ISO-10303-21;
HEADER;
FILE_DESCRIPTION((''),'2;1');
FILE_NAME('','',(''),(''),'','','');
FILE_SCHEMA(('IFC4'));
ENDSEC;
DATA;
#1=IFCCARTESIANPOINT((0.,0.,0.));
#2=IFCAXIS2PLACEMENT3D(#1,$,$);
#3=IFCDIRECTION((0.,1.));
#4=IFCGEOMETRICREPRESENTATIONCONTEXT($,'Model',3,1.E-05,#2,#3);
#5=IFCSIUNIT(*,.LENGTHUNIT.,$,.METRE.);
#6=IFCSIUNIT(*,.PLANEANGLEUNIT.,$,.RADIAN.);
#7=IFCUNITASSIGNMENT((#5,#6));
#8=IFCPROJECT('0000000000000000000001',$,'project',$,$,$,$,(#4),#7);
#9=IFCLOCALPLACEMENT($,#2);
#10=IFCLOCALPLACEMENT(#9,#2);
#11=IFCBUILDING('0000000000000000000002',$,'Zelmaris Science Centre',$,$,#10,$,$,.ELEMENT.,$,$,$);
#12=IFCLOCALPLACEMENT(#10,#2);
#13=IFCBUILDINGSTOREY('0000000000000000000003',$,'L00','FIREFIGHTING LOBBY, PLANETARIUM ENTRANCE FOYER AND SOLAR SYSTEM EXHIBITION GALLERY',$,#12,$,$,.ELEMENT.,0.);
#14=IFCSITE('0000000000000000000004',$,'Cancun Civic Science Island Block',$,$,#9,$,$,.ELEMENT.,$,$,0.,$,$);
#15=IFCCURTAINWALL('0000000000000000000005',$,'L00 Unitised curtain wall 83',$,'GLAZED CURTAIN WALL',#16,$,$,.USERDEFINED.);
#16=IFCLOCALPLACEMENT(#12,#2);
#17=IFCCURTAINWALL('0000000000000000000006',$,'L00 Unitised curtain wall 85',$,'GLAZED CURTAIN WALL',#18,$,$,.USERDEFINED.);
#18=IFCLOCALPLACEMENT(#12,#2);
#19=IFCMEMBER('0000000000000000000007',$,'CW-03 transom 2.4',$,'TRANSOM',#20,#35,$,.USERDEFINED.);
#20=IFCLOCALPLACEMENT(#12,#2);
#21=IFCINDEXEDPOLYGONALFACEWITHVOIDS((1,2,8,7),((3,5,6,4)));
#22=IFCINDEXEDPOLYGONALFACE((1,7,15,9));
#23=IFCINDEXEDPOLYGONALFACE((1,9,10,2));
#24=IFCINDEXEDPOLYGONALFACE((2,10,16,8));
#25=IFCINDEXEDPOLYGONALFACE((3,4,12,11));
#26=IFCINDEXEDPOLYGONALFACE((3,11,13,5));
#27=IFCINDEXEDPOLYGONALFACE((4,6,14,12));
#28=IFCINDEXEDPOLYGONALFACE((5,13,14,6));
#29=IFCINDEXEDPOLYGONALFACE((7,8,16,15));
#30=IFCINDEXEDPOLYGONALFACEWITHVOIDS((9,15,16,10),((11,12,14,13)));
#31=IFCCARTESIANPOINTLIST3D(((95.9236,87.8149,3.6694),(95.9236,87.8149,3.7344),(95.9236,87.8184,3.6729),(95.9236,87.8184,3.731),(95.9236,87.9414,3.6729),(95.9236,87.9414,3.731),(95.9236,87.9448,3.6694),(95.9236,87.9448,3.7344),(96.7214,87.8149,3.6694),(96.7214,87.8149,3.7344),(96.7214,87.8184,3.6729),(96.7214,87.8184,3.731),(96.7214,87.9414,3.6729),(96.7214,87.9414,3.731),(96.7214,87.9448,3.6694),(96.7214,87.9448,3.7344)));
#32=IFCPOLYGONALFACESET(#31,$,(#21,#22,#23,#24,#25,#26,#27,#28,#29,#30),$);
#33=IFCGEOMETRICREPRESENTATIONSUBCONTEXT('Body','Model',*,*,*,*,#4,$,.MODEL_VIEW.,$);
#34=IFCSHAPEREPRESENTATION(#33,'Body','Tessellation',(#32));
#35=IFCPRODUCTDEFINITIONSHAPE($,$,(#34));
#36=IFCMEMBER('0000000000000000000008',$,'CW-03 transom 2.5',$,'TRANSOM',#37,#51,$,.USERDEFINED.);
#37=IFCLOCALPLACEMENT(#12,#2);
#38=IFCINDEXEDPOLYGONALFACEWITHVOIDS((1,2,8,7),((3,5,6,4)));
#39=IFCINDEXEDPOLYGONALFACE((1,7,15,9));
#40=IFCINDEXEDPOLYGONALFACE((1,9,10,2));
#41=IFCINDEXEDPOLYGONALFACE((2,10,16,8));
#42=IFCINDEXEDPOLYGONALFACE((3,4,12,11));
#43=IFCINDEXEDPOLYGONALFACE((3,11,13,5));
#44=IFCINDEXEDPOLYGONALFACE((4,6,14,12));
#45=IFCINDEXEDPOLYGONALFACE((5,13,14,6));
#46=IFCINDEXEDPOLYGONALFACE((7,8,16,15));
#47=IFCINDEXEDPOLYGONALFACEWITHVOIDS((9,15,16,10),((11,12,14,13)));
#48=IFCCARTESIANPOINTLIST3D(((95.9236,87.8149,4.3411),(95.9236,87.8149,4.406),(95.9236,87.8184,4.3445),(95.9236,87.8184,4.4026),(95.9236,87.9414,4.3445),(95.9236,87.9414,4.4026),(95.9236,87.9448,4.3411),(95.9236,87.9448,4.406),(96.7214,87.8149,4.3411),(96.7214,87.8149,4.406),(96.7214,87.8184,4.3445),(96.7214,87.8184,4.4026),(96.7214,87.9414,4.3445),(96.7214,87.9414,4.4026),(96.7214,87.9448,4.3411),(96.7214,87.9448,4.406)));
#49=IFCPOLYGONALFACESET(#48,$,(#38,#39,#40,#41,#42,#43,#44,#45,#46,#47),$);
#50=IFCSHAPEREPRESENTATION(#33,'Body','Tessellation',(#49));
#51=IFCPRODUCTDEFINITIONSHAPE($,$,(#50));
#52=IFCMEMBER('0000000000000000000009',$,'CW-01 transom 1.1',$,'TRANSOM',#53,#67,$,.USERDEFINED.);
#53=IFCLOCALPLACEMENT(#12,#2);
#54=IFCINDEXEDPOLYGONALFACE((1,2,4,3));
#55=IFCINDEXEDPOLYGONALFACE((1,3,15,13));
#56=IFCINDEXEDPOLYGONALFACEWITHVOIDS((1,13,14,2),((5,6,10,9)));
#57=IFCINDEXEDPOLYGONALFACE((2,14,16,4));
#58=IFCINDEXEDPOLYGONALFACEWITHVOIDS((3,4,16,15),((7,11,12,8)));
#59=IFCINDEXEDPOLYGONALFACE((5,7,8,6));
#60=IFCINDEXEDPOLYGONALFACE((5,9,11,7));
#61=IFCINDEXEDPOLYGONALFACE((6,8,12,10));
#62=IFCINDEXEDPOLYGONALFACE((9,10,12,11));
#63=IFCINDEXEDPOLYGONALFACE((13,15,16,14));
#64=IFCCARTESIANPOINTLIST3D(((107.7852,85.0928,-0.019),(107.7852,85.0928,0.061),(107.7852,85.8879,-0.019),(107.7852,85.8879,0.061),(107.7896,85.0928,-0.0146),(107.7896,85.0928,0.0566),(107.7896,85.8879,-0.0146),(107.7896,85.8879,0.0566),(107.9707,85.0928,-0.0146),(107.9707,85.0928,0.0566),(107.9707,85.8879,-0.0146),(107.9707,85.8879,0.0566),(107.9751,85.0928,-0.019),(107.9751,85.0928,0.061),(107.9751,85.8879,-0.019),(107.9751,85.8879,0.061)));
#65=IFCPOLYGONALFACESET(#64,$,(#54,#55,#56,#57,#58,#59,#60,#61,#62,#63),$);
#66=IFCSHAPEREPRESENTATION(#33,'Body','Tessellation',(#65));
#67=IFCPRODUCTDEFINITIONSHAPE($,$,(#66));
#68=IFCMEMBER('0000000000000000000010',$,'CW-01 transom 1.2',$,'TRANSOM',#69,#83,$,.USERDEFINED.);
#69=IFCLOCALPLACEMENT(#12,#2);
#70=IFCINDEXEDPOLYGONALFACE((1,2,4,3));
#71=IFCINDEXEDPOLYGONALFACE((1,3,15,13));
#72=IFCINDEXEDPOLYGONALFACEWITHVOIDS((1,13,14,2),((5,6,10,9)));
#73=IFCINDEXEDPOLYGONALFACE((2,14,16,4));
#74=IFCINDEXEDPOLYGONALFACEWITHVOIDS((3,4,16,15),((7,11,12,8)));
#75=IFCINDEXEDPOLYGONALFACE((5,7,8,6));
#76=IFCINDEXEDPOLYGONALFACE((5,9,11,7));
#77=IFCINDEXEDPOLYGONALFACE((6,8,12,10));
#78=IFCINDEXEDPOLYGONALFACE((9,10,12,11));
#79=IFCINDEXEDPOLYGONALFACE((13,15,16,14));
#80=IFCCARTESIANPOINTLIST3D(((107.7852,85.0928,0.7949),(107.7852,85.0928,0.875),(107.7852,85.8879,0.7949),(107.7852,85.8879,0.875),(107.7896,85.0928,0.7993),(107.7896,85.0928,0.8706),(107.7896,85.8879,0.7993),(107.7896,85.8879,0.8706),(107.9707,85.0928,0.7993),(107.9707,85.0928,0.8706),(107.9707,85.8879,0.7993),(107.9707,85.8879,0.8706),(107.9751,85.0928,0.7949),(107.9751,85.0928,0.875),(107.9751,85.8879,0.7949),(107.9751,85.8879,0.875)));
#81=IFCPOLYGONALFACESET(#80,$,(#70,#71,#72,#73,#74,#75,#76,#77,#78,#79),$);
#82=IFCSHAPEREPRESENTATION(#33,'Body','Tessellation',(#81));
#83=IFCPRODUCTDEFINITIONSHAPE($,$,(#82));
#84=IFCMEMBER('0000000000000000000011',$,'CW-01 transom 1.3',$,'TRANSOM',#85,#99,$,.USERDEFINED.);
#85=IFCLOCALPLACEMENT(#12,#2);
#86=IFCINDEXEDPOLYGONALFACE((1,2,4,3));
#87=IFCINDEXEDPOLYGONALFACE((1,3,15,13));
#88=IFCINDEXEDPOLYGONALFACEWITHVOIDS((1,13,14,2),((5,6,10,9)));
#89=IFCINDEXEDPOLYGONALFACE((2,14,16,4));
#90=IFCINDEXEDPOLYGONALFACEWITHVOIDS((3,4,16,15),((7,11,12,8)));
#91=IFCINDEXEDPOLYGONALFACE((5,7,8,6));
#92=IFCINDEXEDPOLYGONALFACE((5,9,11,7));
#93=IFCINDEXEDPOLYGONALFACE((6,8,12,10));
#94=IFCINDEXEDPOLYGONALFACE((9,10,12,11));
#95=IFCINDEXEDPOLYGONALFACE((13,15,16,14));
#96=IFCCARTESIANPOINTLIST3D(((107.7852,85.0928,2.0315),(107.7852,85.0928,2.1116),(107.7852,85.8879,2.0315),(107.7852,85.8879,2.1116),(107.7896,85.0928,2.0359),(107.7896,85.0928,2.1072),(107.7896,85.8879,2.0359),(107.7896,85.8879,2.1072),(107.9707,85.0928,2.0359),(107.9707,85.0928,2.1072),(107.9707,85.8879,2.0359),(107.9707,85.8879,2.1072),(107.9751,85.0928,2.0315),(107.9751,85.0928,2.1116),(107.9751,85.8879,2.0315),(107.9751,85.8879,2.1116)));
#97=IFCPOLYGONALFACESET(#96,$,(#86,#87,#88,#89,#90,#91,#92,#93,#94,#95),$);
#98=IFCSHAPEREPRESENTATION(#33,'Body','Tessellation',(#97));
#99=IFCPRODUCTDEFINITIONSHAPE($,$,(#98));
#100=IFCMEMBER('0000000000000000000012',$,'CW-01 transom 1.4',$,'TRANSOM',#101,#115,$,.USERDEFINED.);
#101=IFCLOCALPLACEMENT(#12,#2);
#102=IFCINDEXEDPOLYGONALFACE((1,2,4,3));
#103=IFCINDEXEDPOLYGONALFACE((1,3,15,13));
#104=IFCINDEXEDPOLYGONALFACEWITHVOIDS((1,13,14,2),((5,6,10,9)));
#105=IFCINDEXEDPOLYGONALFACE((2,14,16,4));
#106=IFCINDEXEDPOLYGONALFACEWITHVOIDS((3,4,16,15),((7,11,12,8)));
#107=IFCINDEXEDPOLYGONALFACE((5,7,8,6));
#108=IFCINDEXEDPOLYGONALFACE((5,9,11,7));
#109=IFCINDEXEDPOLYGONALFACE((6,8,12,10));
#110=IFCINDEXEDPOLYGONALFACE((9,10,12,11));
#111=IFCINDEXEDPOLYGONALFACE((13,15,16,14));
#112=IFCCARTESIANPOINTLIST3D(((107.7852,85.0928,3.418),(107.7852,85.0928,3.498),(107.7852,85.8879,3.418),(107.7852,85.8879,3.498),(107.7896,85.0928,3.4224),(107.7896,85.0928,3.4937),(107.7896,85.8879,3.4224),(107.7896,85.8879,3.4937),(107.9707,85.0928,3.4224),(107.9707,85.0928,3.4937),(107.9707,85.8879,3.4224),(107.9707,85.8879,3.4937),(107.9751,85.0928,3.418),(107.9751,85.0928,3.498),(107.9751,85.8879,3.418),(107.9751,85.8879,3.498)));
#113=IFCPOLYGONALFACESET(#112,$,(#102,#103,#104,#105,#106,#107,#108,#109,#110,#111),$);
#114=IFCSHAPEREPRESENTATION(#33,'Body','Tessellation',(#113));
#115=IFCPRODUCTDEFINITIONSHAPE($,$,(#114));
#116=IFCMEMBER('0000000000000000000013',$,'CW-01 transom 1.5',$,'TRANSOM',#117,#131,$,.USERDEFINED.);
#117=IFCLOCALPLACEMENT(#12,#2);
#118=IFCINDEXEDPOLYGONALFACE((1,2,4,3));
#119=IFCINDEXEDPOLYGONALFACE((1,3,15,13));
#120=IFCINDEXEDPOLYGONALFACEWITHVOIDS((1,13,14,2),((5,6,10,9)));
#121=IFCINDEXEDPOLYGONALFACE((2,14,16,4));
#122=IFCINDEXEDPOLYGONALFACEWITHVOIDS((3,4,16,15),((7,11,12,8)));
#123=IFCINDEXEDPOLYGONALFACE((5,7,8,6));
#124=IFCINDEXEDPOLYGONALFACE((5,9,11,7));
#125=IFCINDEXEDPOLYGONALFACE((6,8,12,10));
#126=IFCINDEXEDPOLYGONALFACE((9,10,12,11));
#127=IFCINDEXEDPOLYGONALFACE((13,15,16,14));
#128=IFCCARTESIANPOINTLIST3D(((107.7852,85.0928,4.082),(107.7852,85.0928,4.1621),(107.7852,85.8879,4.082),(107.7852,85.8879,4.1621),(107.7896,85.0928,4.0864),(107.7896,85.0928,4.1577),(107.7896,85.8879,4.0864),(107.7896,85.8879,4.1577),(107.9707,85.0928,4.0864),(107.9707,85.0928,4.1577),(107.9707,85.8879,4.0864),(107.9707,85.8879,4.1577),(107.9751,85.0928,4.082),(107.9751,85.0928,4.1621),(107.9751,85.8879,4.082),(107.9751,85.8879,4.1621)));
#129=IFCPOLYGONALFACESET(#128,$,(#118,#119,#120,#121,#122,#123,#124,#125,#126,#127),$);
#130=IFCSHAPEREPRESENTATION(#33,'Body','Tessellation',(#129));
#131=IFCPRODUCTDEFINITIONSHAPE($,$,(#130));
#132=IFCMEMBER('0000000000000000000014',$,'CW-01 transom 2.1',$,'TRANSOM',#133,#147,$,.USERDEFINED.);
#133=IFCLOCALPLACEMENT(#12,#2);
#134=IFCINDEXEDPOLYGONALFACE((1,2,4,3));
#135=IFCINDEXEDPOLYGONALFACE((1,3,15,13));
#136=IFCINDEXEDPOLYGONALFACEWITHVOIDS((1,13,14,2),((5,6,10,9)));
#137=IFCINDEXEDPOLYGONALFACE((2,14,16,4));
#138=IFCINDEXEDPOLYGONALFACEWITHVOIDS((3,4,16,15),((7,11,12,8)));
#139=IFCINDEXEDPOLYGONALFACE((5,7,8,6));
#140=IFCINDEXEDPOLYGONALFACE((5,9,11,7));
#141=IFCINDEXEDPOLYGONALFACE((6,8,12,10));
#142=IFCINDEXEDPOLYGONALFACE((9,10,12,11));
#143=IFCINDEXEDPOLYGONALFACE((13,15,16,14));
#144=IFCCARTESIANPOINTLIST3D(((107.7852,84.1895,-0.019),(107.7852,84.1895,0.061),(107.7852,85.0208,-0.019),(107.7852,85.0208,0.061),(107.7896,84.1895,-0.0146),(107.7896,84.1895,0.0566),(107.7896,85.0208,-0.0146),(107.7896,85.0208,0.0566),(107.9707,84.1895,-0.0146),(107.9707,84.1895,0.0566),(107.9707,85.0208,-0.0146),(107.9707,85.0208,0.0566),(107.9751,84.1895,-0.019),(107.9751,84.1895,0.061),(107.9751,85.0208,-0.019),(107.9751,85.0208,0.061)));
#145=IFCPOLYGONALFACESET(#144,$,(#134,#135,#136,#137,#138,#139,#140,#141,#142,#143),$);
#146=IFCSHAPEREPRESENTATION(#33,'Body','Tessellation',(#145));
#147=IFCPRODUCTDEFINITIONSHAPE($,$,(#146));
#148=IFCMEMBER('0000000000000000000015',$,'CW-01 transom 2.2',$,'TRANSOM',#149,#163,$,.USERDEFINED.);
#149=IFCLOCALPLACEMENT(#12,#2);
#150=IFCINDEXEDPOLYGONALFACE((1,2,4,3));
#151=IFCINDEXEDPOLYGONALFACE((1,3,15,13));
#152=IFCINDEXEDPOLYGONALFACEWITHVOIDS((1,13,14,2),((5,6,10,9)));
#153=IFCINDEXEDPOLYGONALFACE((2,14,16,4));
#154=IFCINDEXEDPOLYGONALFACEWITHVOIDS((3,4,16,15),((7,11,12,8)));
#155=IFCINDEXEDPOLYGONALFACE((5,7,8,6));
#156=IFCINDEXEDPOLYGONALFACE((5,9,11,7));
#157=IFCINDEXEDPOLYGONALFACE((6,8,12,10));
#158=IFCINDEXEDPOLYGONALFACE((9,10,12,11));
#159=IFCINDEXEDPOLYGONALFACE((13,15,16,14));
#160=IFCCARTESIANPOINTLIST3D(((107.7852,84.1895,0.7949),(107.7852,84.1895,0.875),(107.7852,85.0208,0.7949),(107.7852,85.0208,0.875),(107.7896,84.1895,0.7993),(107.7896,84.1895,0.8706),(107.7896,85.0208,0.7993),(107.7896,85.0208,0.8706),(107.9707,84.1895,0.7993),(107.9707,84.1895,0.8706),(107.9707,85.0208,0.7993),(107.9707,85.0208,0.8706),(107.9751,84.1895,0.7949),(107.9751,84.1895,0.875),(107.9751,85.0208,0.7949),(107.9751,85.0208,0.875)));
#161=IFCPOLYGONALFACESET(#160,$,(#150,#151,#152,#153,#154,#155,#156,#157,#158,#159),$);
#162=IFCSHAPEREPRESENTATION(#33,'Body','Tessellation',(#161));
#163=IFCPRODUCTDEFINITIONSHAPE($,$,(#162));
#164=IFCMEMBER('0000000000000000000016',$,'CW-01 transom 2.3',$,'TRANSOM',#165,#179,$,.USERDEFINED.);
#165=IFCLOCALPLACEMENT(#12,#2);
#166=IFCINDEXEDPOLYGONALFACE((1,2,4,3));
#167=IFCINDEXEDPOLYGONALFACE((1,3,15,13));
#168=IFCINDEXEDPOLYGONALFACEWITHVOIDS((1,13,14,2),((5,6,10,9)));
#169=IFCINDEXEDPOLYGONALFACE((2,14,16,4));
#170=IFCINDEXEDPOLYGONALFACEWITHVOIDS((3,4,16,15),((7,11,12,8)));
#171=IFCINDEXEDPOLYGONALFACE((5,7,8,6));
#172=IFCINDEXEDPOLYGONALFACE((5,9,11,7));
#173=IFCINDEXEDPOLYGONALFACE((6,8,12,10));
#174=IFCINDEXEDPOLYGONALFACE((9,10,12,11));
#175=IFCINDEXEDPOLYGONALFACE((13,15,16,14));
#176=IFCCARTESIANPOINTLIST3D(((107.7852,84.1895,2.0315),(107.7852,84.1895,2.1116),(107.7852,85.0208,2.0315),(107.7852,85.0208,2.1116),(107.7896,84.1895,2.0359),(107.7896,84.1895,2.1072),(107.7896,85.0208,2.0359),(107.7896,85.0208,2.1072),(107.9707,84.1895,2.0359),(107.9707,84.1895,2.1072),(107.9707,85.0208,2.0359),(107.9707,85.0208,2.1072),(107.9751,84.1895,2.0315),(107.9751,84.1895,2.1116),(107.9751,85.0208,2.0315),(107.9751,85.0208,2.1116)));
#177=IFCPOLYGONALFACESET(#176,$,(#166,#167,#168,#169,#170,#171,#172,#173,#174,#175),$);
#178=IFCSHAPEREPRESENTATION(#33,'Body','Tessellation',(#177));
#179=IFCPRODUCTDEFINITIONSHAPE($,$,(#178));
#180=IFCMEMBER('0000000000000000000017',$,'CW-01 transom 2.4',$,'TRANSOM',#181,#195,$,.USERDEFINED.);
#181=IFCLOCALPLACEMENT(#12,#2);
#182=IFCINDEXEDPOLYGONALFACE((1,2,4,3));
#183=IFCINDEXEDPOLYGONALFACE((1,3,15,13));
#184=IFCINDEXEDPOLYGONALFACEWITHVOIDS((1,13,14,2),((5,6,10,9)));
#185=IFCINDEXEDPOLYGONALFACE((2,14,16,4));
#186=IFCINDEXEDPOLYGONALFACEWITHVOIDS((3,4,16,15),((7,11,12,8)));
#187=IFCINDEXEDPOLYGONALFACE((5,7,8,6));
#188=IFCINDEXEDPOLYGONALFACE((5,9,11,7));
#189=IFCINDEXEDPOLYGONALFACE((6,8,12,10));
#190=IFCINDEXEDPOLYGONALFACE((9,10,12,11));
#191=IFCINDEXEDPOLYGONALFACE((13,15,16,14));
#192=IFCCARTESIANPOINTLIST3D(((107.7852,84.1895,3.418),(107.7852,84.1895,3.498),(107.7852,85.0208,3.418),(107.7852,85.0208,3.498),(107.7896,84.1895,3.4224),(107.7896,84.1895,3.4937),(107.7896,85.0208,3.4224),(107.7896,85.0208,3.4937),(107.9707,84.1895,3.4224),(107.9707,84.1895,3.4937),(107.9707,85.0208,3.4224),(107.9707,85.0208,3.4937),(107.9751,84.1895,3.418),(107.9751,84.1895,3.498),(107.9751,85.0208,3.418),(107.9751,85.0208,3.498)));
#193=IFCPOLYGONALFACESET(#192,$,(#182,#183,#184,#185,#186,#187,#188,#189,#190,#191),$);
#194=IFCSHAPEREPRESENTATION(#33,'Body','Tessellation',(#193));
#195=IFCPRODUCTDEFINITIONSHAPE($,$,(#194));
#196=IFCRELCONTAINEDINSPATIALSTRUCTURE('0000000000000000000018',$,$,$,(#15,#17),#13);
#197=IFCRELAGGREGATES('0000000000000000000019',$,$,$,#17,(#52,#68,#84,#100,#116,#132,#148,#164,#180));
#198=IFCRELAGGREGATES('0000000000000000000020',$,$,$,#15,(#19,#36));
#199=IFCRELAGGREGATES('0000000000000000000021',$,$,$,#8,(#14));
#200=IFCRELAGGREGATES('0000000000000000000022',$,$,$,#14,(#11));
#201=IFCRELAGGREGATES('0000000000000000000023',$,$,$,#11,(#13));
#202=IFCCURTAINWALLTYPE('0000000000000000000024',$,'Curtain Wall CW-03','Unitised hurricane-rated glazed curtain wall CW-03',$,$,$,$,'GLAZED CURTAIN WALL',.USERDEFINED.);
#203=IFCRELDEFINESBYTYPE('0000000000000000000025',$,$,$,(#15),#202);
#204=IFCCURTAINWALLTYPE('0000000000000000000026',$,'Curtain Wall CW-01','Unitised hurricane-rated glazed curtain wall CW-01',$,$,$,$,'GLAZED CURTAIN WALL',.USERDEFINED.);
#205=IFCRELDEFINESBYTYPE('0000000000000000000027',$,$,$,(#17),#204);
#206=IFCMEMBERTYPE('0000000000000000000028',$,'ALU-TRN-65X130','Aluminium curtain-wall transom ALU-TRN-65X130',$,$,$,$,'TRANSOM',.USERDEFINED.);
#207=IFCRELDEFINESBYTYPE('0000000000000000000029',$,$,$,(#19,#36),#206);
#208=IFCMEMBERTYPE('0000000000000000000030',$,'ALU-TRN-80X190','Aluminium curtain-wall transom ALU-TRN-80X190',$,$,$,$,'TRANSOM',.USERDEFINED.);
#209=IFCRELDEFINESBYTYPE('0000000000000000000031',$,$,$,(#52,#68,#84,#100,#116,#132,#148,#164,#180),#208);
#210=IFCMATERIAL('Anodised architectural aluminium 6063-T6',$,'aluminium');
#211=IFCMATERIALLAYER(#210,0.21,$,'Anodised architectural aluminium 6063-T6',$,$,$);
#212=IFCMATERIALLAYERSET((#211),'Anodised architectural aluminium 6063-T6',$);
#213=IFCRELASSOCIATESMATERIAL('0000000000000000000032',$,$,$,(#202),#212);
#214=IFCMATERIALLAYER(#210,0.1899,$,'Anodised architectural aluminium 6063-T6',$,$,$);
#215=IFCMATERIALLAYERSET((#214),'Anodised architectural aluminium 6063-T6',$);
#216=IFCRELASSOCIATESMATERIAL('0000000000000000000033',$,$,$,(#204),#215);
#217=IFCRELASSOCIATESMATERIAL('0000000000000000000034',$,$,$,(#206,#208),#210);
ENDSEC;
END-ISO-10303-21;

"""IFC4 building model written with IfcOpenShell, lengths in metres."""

from ifc_helpers import new_model, si_unit, direction, frame, origin, origin_2d, place, context, subcontext, project, spatial, hollow_rectangle, extrude, material, layer, layer_set, material_profile, profile_set, type_object, element, aggregate, save


model = new_model("IFC4")

# Units and contexts
model_context = context("Model", 3, precision=1e-05, world=origin(), true_north=direction((0.0, 1.0)))
body_context = subcontext(model_context, "Body", "Model", "MODEL_VIEW")
ifc_project = project(units=[si_unit("LENGTHUNIT", "METRE"), si_unit("PLANEANGLEUNIT", "RADIAN")], contexts=[model_context])

# Site, building, storey
site_placement = place(None, origin())
site = spatial("IfcSite", under=ifc_project, at=site_placement, Name="Cancun Civic Science Island Block", CompositionType="ELEMENT", RefElevation=0.0)
building_placement = place(site_placement, origin())
building = spatial("IfcBuilding", under=site, at=building_placement, Name="Zelmaris Science Centre", CompositionType="ELEMENT")
storey_placement = place(building_placement, origin())
storey = spatial("IfcBuildingStorey", under=building, at=storey_placement, Name="L00", Description="FIREFIGHTING LOBBY, PLANETARIUM ENTRANCE FOYER AND SOLAR SYSTEM EXHIBITION GALLERY", CompositionType="ELEMENT", Elevation=0.0)

# Curtain wall
ifc_material_1 = material(Name="Anodised architectural aluminium 6063-T6", Category="aluminium")
ifc_layer_1 = layer(ifc_material_1, 0.21, Name="Anodised architectural aluminium 6063-T6")
ifc_layer_set_1 = layer_set([ifc_layer_1], Name="Anodised architectural aluminium 6063-T6")
curtain_wall_type_1 = type_object("IfcCurtainWallType", Name="Curtain Wall CW-03", Description="Unitised hurricane-rated glazed curtain wall CW-03", ElementType="GLAZED CURTAIN WALL", PredefinedType="USERDEFINED", material=ifc_layer_set_1)
curtain_wall_1_placement = place(storey_placement, origin())
curtain_wall_1 = element("IfcCurtainWall", 1, at=curtain_wall_1_placement, inside=storey, type_object=curtain_wall_type_1, Name="L00 Unitised curtain wall 83", ObjectType="GLAZED CURTAIN WALL", PredefinedType="USERDEFINED")

# Curtain wall
ifc_layer_2 = layer(ifc_material_1, 0.1899, Name="Anodised architectural aluminium 6063-T6")
ifc_layer_set_2 = layer_set([ifc_layer_2], Name="Anodised architectural aluminium 6063-T6")
curtain_wall_type_2 = type_object("IfcCurtainWallType", Name="Curtain Wall CW-01", Description="Unitised hurricane-rated glazed curtain wall CW-01", ElementType="GLAZED CURTAIN WALL", PredefinedType="USERDEFINED", material=ifc_layer_set_2)
curtain_wall_2_placement = place(storey_placement, origin())
curtain_wall_2 = element("IfcCurtainWall", 2, at=curtain_wall_2_placement, inside=storey, type_object=curtain_wall_type_2, Name="L00 Unitised curtain wall 85", ObjectType="GLAZED CURTAIN WALL", PredefinedType="USERDEFINED")

# Members
ifc_material_profile_1 = material_profile(ifc_material_1, hollow_rectangle(XDim=0.0649, YDim=0.1299, WallThickness=0.0034, at=origin_2d()), Name="ALU-TRN-65X130")
ifc_profile_set_1 = profile_set([ifc_material_profile_1], Name="Anodised architectural aluminium 6063-T6")
member_type_1 = type_object("IfcMemberType", Name="ALU-TRN-65X130", Description="Aluminium curtain-wall transom ALU-TRN-65X130", ElementType="TRANSOM", PredefinedType="USERDEFINED", material=ifc_profile_set_1)
member_1_placement = place(storey_placement, frame((95.9236, 87.8799, 3.7019), z_axis=(1.0, 0.0, 0.0), x_axis=(0.0, 0.0, 1.0)))
member_1 = element("IfcMember", 3, at=member_1_placement, type_object=member_type_1, Name="CW-03 transom 2.4", ObjectType="TRANSOM", PredefinedType="USERDEFINED", context=body_context, shape_type="SweptSolid", body=[
    extrude(hollow_rectangle(XDim=0.0649, YDim=0.1299, WallThickness=0.0034, at=origin_2d()), origin(), (0.0, 0.0, 1.0), 0.7979),
])
member_2_placement = place(storey_placement, frame((95.9236, 87.8799, 4.3735), z_axis=(1.0, 0.0, 0.0), x_axis=(0.0, 0.0, 1.0)))
member_2 = element("IfcMember", 4, at=member_2_placement, type_object=member_type_1, Name="CW-03 transom 2.5", ObjectType="TRANSOM", PredefinedType="USERDEFINED", context=body_context, shape_type="SweptSolid", body=[
    extrude(hollow_rectangle(XDim=0.0649, YDim=0.1299, WallThickness=0.0034, at=origin_2d()), origin(), (0.0, 0.0, 1.0), 0.7979),
])
ifc_material_profile_2 = material_profile(ifc_material_1, hollow_rectangle(XDim=0.0801, YDim=0.1899, WallThickness=0.0044, at=origin_2d()), Name="ALU-TRN-80X190")
ifc_profile_set_2 = profile_set([ifc_material_profile_2], Name="Anodised architectural aluminium 6063-T6")
member_type_2 = type_object("IfcMemberType", Name="ALU-TRN-80X190", Description="Aluminium curtain-wall transom ALU-TRN-80X190", ElementType="TRANSOM", PredefinedType="USERDEFINED", material=ifc_profile_set_2)
member_3_placement = place(storey_placement, frame((107.8801, 85.8879, 0.021), z_axis=(0.0, -1.0, 0.0), x_axis=(0.0, 0.0, 1.0)))
member_3 = element("IfcMember", 5, at=member_3_placement, type_object=member_type_2, Name="CW-01 transom 1.1", ObjectType="TRANSOM", PredefinedType="USERDEFINED", context=body_context, shape_type="SweptSolid", body=[
    extrude(hollow_rectangle(XDim=0.0801, YDim=0.1899, WallThickness=0.0044, at=origin_2d()), origin(), (0.0, 0.0, 1.0), 0.7952),
])
member_4_placement = place(storey_placement, frame((107.8801, 85.8879, 0.835), z_axis=(0.0, -1.0, 0.0), x_axis=(0.0, 0.0, 1.0)))
member_4 = element("IfcMember", 6, at=member_4_placement, type_object=member_type_2, Name="CW-01 transom 1.2", ObjectType="TRANSOM", PredefinedType="USERDEFINED", context=body_context, shape_type="SweptSolid", body=[
    extrude(hollow_rectangle(XDim=0.0801, YDim=0.1899, WallThickness=0.0044, at=origin_2d()), origin(), (0.0, 0.0, 1.0), 0.7952),
])
member_5_placement = place(storey_placement, frame((107.8801, 85.8879, 2.0715), z_axis=(0.0, -1.0, 0.0), x_axis=(0.0, 0.0, 1.0)))
member_5 = element("IfcMember", 7, at=member_5_placement, type_object=member_type_2, Name="CW-01 transom 1.3", ObjectType="TRANSOM", PredefinedType="USERDEFINED", context=body_context, shape_type="SweptSolid", body=[
    extrude(hollow_rectangle(XDim=0.0801, YDim=0.1899, WallThickness=0.0044, at=origin_2d()), origin(), (0.0, 0.0, 1.0), 0.7952),
])
member_6_placement = place(storey_placement, frame((107.8801, 85.8879, 3.458), z_axis=(0.0, -1.0, 0.0), x_axis=(0.0, 0.0, 1.0)))
member_6 = element("IfcMember", 8, at=member_6_placement, type_object=member_type_2, Name="CW-01 transom 1.4", ObjectType="TRANSOM", PredefinedType="USERDEFINED", context=body_context, shape_type="SweptSolid", body=[
    extrude(hollow_rectangle(XDim=0.0801, YDim=0.1899, WallThickness=0.0044, at=origin_2d()), origin(), (0.0, 0.0, 1.0), 0.7952),
])
member_7_placement = place(storey_placement, frame((107.8801, 85.8879, 4.1221), z_axis=(0.0, -1.0, 0.0), x_axis=(0.0, 0.0, 1.0)))
member_7 = element("IfcMember", 9, at=member_7_placement, type_object=member_type_2, Name="CW-01 transom 1.5", ObjectType="TRANSOM", PredefinedType="USERDEFINED", context=body_context, shape_type="SweptSolid", body=[
    extrude(hollow_rectangle(XDim=0.0801, YDim=0.1899, WallThickness=0.0044, at=origin_2d()), origin(), (0.0, 0.0, 1.0), 0.7952),
])
member_8_placement = place(storey_placement, frame((107.8801, 85.0208, 0.021), z_axis=(0.0, -1.0, 0.0), x_axis=(0.0, 0.0, 1.0)))
member_8 = element("IfcMember", 10, at=member_8_placement, type_object=member_type_2, Name="CW-01 transom 2.1", ObjectType="TRANSOM", PredefinedType="USERDEFINED", context=body_context, shape_type="SweptSolid", body=[
    extrude(hollow_rectangle(XDim=0.0801, YDim=0.1899, WallThickness=0.0044, at=origin_2d()), origin(), (0.0, 0.0, 1.0), 0.8313),
])
member_9_placement = place(storey_placement, frame((107.8801, 85.0208, 0.835), z_axis=(0.0, -1.0, 0.0), x_axis=(0.0, 0.0, 1.0)))
member_9 = element("IfcMember", 11, at=member_9_placement, type_object=member_type_2, Name="CW-01 transom 2.2", ObjectType="TRANSOM", PredefinedType="USERDEFINED", context=body_context, shape_type="SweptSolid", body=[
    extrude(hollow_rectangle(XDim=0.0801, YDim=0.1899, WallThickness=0.0044, at=origin_2d()), origin(), (0.0, 0.0, 1.0), 0.8313),
])
member_10_placement = place(storey_placement, frame((107.8801, 85.0208, 2.0715), z_axis=(0.0, -1.0, 0.0), x_axis=(0.0, 0.0, 1.0)))
member_10 = element("IfcMember", 12, at=member_10_placement, type_object=member_type_2, Name="CW-01 transom 2.3", ObjectType="TRANSOM", PredefinedType="USERDEFINED", context=body_context, shape_type="SweptSolid", body=[
    extrude(hollow_rectangle(XDim=0.0801, YDim=0.1899, WallThickness=0.0044, at=origin_2d()), origin(), (0.0, 0.0, 1.0), 0.8313),
])
member_11_placement = place(storey_placement, frame((107.8801, 85.0208, 3.458), z_axis=(0.0, -1.0, 0.0), x_axis=(0.0, 0.0, 1.0)))
member_11 = element("IfcMember", 13, at=member_11_placement, type_object=member_type_2, Name="CW-01 transom 2.4", ObjectType="TRANSOM", PredefinedType="USERDEFINED", context=body_context, shape_type="SweptSolid", body=[
    extrude(hollow_rectangle(XDim=0.0801, YDim=0.1899, WallThickness=0.0044, at=origin_2d()), origin(), (0.0, 0.0, 1.0), 0.8313),
])

aggregate(curtain_wall_2, [member_3, member_4, member_5, member_6, member_7, member_8, member_9, member_10, member_11])
aggregate(curtain_wall_1, [member_1, member_2])

save(model, "model.ifc")
